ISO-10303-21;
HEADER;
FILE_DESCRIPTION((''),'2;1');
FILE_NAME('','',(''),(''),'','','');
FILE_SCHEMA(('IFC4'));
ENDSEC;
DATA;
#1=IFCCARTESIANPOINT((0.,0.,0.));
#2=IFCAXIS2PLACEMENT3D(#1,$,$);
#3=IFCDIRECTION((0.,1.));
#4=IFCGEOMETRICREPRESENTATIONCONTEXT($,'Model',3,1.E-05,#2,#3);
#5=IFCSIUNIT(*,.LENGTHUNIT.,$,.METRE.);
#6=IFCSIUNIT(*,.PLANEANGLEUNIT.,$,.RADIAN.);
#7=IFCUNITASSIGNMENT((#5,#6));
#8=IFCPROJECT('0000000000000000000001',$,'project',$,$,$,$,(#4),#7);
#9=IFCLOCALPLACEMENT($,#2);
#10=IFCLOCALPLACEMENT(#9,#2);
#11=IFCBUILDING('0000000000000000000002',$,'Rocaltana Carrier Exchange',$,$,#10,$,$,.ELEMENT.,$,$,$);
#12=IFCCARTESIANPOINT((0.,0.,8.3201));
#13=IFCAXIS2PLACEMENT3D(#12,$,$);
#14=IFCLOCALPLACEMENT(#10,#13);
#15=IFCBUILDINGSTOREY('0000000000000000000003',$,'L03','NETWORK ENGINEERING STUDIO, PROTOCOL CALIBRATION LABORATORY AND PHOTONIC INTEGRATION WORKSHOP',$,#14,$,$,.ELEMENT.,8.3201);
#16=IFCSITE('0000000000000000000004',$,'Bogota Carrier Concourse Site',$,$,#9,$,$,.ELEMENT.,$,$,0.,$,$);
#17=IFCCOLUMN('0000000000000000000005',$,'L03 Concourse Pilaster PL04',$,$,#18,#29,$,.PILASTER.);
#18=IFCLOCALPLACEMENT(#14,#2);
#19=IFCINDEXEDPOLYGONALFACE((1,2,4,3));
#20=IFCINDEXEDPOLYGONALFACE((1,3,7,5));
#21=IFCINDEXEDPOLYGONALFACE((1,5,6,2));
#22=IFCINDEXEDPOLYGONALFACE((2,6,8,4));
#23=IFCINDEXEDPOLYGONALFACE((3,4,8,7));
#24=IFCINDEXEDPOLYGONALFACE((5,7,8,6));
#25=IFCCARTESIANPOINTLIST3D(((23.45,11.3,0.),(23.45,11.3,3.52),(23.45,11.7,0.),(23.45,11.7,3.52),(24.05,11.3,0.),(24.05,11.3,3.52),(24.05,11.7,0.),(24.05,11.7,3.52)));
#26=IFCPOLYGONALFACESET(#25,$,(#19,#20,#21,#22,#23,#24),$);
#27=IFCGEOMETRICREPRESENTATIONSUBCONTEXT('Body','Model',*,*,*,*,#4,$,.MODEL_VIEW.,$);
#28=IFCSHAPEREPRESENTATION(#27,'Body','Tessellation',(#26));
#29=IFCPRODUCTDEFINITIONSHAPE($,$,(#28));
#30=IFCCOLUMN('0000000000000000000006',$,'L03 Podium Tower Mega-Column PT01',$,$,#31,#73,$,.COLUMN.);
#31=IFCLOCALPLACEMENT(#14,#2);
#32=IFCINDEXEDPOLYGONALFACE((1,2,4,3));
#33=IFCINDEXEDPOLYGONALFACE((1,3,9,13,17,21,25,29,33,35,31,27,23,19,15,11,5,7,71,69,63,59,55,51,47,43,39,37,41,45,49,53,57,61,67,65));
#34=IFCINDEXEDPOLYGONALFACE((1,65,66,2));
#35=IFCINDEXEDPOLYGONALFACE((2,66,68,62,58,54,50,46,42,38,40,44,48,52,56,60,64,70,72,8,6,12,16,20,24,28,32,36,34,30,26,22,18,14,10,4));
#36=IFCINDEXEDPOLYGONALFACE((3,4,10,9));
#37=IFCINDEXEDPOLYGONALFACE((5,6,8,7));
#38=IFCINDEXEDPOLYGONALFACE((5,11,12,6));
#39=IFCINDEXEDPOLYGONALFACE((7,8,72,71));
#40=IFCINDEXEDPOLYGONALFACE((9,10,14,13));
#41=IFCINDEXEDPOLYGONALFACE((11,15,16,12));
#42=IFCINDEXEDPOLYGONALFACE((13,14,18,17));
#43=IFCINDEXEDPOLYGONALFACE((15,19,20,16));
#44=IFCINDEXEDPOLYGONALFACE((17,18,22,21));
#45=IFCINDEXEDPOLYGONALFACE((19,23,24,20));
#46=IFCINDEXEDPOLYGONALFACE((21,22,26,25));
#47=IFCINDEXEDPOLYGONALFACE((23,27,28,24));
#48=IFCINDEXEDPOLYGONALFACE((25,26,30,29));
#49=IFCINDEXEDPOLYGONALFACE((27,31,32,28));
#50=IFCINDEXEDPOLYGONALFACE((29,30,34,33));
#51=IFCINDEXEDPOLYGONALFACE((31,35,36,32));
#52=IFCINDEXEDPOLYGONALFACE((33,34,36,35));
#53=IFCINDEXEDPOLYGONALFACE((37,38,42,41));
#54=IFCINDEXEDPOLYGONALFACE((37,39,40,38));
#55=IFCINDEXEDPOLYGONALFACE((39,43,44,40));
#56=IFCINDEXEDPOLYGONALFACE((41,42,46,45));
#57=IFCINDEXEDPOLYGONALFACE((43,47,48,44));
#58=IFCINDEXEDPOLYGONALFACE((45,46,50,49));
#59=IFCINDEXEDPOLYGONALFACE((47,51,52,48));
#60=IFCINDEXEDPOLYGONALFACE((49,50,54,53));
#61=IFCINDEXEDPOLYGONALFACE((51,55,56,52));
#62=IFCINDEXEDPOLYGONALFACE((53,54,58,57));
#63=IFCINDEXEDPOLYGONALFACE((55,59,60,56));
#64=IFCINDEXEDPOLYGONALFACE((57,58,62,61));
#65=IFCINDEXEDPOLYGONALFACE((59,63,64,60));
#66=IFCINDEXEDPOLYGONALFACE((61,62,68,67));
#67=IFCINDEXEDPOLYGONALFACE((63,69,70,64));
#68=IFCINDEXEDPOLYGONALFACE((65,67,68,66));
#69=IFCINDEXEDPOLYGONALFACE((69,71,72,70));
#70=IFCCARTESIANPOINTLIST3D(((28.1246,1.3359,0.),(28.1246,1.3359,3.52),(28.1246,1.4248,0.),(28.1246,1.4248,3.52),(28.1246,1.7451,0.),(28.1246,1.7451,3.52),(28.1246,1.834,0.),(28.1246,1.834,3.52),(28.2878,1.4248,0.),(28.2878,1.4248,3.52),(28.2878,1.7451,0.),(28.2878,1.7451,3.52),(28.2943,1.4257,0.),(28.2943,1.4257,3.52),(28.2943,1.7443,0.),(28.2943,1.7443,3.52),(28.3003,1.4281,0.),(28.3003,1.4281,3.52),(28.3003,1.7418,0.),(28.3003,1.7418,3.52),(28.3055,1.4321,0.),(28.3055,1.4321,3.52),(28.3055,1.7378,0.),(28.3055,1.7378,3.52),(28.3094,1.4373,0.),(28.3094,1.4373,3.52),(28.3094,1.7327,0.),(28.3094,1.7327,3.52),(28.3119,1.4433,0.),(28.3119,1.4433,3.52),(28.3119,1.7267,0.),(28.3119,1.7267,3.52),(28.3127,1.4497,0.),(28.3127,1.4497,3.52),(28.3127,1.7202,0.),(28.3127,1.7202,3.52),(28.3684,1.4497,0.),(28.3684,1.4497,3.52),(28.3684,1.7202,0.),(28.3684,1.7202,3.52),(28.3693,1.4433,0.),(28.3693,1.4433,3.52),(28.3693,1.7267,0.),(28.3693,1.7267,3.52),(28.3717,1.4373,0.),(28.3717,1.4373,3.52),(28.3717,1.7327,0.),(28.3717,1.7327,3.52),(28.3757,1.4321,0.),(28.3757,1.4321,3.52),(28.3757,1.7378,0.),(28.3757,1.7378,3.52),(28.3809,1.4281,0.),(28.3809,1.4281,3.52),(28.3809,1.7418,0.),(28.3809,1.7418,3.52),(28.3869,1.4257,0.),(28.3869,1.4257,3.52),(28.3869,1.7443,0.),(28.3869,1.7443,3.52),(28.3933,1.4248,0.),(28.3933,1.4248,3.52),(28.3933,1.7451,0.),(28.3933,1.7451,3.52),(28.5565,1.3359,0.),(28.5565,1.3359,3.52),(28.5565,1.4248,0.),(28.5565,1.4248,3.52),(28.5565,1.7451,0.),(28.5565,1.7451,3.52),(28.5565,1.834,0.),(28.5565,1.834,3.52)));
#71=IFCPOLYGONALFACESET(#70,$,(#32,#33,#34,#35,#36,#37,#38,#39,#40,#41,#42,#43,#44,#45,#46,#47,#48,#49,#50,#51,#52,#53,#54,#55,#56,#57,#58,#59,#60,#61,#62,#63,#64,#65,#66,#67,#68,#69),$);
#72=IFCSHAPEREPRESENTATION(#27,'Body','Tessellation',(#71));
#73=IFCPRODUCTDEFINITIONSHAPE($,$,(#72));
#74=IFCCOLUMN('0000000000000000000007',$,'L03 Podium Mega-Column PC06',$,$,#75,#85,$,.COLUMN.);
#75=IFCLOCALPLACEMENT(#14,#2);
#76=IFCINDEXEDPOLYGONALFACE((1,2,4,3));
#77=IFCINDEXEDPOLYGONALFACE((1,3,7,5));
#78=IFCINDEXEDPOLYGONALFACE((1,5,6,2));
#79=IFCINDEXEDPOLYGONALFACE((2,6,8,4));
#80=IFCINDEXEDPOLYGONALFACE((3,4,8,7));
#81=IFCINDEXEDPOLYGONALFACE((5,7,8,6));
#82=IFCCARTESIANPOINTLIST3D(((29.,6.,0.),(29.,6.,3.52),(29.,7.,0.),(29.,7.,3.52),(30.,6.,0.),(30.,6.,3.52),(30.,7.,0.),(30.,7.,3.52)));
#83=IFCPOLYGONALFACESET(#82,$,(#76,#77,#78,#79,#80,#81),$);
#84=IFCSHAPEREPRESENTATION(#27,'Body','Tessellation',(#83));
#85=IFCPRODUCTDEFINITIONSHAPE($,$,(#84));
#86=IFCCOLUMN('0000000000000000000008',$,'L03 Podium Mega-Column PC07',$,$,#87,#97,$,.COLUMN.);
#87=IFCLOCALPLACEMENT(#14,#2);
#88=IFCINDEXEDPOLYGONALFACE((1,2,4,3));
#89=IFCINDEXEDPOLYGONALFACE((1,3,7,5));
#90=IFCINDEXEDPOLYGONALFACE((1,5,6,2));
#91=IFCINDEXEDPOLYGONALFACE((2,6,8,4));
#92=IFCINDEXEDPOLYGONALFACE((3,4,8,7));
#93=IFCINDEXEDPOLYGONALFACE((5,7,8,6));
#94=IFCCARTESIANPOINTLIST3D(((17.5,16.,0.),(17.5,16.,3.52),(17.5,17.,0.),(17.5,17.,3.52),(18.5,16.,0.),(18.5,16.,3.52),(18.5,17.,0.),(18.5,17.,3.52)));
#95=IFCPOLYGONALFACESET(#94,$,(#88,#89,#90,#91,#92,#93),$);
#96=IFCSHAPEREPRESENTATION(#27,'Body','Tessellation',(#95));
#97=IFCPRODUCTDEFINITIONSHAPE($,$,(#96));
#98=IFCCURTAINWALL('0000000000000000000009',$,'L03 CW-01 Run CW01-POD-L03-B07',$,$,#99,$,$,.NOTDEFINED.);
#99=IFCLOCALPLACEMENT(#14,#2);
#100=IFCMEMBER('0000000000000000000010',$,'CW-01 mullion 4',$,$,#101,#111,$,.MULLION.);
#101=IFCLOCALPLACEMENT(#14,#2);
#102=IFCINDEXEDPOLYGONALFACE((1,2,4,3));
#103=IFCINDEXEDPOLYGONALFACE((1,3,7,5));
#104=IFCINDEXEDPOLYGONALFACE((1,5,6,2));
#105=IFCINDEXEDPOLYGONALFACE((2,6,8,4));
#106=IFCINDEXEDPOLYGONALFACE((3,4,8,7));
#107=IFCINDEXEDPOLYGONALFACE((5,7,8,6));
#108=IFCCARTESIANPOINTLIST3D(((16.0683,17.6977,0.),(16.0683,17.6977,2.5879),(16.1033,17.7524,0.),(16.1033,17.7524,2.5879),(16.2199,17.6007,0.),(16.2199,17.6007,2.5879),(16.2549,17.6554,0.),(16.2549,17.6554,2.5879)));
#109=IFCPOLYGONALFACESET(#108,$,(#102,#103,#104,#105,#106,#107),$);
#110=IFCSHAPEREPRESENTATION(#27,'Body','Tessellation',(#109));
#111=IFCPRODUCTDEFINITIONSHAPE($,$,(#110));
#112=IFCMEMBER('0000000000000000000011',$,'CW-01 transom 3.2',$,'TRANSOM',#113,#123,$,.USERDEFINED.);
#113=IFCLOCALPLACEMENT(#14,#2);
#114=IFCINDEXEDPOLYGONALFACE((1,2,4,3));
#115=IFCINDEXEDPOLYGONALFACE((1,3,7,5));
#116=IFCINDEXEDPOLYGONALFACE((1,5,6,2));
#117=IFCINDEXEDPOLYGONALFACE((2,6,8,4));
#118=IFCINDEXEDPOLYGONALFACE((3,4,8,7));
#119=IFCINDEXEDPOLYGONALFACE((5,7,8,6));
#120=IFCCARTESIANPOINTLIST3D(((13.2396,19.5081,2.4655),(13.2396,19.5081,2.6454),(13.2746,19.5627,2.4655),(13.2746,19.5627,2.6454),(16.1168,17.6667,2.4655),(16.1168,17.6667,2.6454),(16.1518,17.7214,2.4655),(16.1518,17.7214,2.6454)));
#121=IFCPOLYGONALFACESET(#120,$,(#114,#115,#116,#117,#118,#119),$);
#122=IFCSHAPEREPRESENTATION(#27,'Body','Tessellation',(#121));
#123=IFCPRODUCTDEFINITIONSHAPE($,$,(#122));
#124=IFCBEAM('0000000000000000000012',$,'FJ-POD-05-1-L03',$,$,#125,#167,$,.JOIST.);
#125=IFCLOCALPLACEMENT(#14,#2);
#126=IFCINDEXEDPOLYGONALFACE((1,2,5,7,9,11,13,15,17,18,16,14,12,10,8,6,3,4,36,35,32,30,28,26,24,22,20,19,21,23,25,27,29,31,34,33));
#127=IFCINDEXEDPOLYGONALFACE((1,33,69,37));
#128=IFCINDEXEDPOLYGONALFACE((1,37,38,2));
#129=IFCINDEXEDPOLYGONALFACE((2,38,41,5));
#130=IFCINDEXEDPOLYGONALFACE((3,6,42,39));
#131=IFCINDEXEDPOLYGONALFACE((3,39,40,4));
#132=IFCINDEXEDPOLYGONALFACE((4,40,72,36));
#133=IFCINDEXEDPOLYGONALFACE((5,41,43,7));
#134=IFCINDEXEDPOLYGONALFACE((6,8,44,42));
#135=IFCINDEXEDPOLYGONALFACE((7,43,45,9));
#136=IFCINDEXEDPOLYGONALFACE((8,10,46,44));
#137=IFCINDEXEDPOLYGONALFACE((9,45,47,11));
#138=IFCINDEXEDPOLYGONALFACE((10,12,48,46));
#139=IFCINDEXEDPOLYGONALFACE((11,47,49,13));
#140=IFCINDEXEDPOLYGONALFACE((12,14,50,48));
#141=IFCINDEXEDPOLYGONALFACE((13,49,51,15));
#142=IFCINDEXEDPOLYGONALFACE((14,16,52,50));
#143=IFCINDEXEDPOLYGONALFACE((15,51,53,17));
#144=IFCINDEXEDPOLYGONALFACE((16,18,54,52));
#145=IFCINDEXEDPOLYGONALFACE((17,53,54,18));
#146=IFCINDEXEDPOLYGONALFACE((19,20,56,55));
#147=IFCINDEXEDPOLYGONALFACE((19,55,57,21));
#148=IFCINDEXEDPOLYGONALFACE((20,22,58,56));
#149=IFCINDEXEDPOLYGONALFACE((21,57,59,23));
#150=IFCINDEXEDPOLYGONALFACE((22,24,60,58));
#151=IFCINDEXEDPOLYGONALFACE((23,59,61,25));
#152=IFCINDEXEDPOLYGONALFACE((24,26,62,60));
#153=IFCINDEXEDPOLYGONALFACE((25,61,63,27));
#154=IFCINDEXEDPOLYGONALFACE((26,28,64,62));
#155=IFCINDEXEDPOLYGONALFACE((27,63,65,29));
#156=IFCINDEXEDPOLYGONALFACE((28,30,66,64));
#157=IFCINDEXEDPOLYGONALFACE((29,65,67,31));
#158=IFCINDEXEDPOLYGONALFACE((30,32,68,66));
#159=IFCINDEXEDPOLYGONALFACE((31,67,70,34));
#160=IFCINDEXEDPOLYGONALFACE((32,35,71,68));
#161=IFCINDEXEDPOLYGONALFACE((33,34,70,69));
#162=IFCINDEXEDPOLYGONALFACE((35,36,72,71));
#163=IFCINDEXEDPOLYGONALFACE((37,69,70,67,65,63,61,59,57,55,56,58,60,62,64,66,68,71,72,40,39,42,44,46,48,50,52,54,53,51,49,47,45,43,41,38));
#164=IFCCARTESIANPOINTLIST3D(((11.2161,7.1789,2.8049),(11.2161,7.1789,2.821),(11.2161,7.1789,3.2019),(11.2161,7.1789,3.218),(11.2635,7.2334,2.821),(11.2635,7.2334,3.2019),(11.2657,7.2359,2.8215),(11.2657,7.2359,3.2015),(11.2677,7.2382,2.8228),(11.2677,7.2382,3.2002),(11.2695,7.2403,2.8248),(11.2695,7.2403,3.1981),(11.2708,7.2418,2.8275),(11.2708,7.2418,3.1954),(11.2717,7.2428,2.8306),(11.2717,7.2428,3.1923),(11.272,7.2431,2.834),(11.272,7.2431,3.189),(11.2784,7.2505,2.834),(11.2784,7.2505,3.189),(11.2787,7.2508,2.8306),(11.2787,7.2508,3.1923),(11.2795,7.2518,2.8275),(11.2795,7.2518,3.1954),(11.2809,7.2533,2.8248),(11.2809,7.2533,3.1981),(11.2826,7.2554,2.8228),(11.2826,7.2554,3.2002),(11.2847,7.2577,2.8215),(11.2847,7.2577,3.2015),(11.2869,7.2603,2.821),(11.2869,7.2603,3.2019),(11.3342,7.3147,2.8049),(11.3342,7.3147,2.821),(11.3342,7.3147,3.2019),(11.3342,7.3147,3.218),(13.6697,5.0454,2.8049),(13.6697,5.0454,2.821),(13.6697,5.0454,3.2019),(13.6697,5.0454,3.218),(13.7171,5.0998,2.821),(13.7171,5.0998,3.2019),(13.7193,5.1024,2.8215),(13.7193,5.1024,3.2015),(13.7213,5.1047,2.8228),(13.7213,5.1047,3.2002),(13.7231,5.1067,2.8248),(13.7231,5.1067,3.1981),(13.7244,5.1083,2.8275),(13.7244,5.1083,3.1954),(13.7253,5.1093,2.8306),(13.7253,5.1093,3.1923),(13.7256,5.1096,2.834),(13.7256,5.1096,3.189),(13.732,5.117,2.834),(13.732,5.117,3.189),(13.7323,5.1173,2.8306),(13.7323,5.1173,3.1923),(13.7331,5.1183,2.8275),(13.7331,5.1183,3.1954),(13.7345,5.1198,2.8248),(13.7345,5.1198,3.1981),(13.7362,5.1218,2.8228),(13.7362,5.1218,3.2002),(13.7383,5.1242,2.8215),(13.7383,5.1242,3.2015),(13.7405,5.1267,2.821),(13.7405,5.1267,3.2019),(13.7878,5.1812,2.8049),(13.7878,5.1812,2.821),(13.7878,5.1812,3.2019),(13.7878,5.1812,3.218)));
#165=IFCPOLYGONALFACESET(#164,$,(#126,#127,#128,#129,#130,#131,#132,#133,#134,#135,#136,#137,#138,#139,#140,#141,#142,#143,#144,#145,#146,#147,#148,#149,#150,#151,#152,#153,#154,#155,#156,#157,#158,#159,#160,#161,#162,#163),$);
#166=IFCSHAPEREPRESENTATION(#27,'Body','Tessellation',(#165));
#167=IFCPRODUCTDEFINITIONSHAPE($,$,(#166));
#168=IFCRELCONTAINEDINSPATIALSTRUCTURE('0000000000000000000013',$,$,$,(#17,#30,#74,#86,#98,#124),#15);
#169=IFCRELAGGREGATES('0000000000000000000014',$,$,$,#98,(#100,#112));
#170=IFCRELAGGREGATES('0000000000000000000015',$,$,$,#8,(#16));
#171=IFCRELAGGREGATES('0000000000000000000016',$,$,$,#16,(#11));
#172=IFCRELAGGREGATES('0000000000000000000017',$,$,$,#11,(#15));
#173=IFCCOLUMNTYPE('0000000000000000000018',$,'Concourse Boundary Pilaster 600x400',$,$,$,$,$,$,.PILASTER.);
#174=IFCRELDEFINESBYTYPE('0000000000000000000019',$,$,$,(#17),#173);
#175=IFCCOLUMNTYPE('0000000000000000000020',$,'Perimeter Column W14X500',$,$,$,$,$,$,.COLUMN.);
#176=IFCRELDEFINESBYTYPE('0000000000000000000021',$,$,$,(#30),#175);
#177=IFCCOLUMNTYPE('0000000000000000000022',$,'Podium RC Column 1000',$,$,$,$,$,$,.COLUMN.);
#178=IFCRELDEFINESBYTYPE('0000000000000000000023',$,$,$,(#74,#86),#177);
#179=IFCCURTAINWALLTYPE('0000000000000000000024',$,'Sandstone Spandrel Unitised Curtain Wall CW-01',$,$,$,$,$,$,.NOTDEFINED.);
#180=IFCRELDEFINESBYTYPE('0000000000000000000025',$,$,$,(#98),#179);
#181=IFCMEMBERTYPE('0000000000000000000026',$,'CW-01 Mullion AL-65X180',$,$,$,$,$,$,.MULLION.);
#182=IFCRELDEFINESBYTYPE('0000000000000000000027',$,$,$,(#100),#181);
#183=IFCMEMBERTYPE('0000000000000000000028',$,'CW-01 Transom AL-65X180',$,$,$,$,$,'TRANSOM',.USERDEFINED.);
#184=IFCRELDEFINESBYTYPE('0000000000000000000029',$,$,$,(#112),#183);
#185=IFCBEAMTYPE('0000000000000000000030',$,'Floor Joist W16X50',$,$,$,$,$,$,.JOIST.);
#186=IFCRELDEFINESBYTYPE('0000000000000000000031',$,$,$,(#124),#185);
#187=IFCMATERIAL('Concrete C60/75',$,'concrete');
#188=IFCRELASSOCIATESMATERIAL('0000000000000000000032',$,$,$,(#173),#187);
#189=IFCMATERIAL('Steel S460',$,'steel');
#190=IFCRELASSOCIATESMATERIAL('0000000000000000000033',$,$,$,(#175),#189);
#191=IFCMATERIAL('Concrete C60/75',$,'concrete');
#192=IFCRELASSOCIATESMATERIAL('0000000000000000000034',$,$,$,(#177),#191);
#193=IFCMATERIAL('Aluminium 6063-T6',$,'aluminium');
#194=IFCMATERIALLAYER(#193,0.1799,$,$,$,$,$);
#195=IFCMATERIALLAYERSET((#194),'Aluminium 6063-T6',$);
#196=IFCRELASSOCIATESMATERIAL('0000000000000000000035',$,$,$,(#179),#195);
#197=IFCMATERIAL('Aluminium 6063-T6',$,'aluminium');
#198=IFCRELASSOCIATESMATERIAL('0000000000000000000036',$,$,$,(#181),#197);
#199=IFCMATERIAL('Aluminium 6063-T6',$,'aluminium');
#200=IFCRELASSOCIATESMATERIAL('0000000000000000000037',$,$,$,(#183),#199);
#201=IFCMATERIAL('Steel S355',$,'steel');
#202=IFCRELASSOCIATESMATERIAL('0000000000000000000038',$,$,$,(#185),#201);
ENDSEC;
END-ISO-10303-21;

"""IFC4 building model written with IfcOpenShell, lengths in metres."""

from ifc_helpers import new_model, si_unit, direction, frame, origin, origin_2d, place, context, subcontext, project, spatial, rectangle, i_section, extrude, material, layer, layer_set, material_profile, profile_set, type_object, element, aggregate, save


model = new_model("IFC4")

# Units and contexts
model_context = context("Model", 3, precision=1e-05, world=origin(), true_north=direction((0.0, 1.0)))
body_context = subcontext(model_context, "Body", "Model", "MODEL_VIEW")
ifc_project = project(units=[si_unit("LENGTHUNIT", "METRE"), si_unit("PLANEANGLEUNIT", "RADIAN")], contexts=[model_context])

# Site, building, storey
site_placement = place(None, origin())
site = spatial("IfcSite", under=ifc_project, at=site_placement, Name="Bogota Carrier Concourse Site", CompositionType="ELEMENT", RefElevation=0.0)
building_placement = place(site_placement, origin())
building = spatial("IfcBuilding", under=site, at=building_placement, Name="Rocaltana Carrier Exchange", CompositionType="ELEMENT")
storey_placement = place(building_placement, frame((0.0, 0.0, 8.3201)))
storey = spatial("IfcBuildingStorey", under=building, at=storey_placement, Name="L03", Description="NETWORK ENGINEERING STUDIO, PROTOCOL CALIBRATION LABORATORY AND PHOTONIC INTEGRATION WORKSHOP", CompositionType="ELEMENT", Elevation=8.3201)

# Columns
ifc_material_1 = material(Name="Concrete C60/75", Category="concrete")
ifc_material_profile_1 = material_profile(ifc_material_1, rectangle(XDim=0.6001, YDim=0.3999, at=origin_2d()), Name="RC-PIL-600X400")
ifc_profile_set_1 = profile_set([ifc_material_profile_1], Name="Concrete C60/75")
column_type_1 = type_object("IfcColumnType", Name="Concourse Boundary Pilaster 600x400", PredefinedType="PILASTER", material=ifc_profile_set_1)
column_1_placement = place(storey_placement, frame((23.75, 11.5, 0.0), z_axis=(0.0, 0.0, 1.0), x_axis=(1.0, 0.0, 0.0)))
element("IfcColumn", 1, at=column_1_placement, inside=storey, type_object=column_type_1, Name="L03 Concourse Pilaster PL04", PredefinedType="PILASTER", context=body_context, shape_type="SweptSolid", body=[
    extrude(rectangle(XDim=0.6001, YDim=0.3999, at=origin_2d()), origin(), (0.0, 0.0, 1.0), 3.52),
])
ifc_material_2 = material(Name="Steel S460", Category="steel")
ifc_material_profile_2 = material_profile(ifc_material_2, i_section(OverallWidth=0.4319, OverallDepth=0.498, WebThickness=0.0557, FlangeThickness=0.0889, FilletRadius=0.0249, at=origin_2d()), Name="W14X500")
ifc_profile_set_2 = profile_set([ifc_material_profile_2], Name="Steel S460")
column_type_2 = type_object("IfcColumnType", Name="Perimeter Column W14X500", PredefinedType="COLUMN", material=ifc_profile_set_2)
column_2_placement = place(storey_placement, frame((28.3406, 1.585, 0.0), z_axis=(0.0, 0.0, 1.0), x_axis=(1.0, 0.0, 0.0)))
element("IfcColumn", 2, at=column_2_placement, inside=storey, type_object=column_type_2, Name="L03 Podium Tower Mega-Column PT01", PredefinedType="COLUMN", context=body_context, shape_type="SweptSolid", body=[
    extrude(i_section(OverallWidth=0.4319, OverallDepth=0.498, WebThickness=0.0557, FlangeThickness=0.0889, FilletRadius=0.0249, at=origin_2d()), origin(), (0.0, 0.0, 1.0), 3.52),
])
ifc_material_3 = material(Name="Concrete C60/75", Category="concrete")
ifc_material_profile_3 = material_profile(ifc_material_3, rectangle(XDim=1.0, YDim=1.0, at=origin_2d()), Name="RC-COL-1000X1000")
ifc_profile_set_3 = profile_set([ifc_material_profile_3], Name="Concrete C60/75")
column_type_3 = type_object("IfcColumnType", Name="Podium RC Column 1000", PredefinedType="COLUMN", material=ifc_profile_set_3)
for number, where, z_axis, x_axis, name in (
    (3, (29.5, 6.5, 0.0), (0.0, 0.0, 1.0), (1.0, 0.0, 0.0), "L03 Podium Mega-Column PC06"),
    (4, (18.0, 16.5, 0.0), (0.0, 0.0, 1.0), (1.0, 0.0, 0.0), "L03 Podium Mega-Column PC07"),
):
    element("IfcColumn", number, at=place(storey_placement, frame(where, z_axis=z_axis, x_axis=x_axis)), inside=storey, type_object=column_type_3, Name=name, PredefinedType="COLUMN", context=body_context, shape_type="SweptSolid", body=[
        extrude(rectangle(XDim=1.0, YDim=1.0, at=origin_2d()), origin(), (0.0, 0.0, 1.0), 3.52),
    ])

# Curtain wall, members
ifc_material_4 = material(Name="Aluminium 6063-T6", Category="aluminium")
ifc_layer_1 = layer(ifc_material_4, 0.1799)
ifc_layer_set_1 = layer_set([ifc_layer_1], Name="Aluminium 6063-T6")
curtain_wall_type = type_object("IfcCurtainWallType", Name="Sandstone Spandrel Unitised Curtain Wall CW-01", PredefinedType="NOTDEFINED", material=ifc_layer_set_1)
curtain_wall_placement = place(storey_placement, origin())
curtain_wall = element("IfcCurtainWall", 5, at=curtain_wall_placement, inside=storey, type_object=curtain_wall_type, Name="L03 CW-01 Run CW01-POD-L03-B07", PredefinedType="NOTDEFINED")
ifc_material_5 = material(Name="Aluminium 6063-T6", Category="aluminium")
ifc_material_profile_4 = material_profile(ifc_material_5, rectangle(XDim=0.0649, YDim=0.1799, at=origin_2d()), Name="AL-65X180")
ifc_profile_set_4 = profile_set([ifc_material_profile_4], Name="Aluminium 6063-T6")
member_type_1 = type_object("IfcMemberType", Name="CW-01 Mullion AL-65X180", PredefinedType="MULLION", material=ifc_profile_set_4)
member_1_placement = place(storey_placement, frame((16.1616, 17.6765, 0.0), z_axis=(0.0, 0.0, 1.0), x_axis=(0.53905, 0.842273, 0.0)))
member_1 = element("IfcMember", 6, at=member_1_placement, type_object=member_type_1, Name="CW-01 mullion 4", PredefinedType="MULLION", context=body_context, shape_type="SweptSolid", body=[
    extrude(rectangle(XDim=0.0649, YDim=0.1799, at=origin_2d()), origin(), (0.0, 0.0, 1.0), 2.5879),
])
ifc_material_6 = material(Name="Aluminium 6063-T6", Category="aluminium")
ifc_material_profile_5 = material_profile(ifc_material_6, rectangle(XDim=0.0649, YDim=0.1799, at=origin_2d()), Name="AL-65X180")
ifc_profile_set_5 = profile_set([ifc_material_profile_5], Name="Aluminium 6063-T6")
member_type_2 = type_object("IfcMemberType", Name="CW-01 Transom AL-65X180", ElementType="TRANSOM", PredefinedType="USERDEFINED", material=ifc_profile_set_5)
member_2_placement = place(storey_placement, frame((13.2571, 19.5354, 2.5554), z_axis=(0.842284, -0.539033, 0.0), x_axis=(0.539033, 0.842284, 0.0)))
member_2 = element("IfcMember", 7, at=member_2_placement, type_object=member_type_2, Name="CW-01 transom 3.2", ObjectType="TRANSOM", PredefinedType="USERDEFINED", context=body_context, shape_type="SweptSolid", body=[
    extrude(rectangle(XDim=0.0649, YDim=0.1799, at=origin_2d()), origin(), (0.0, 0.0, 1.0), 3.416),
])

# Beam
ifc_material_7 = material(Name="Steel S355", Category="steel")
ifc_material_profile_6 = material_profile(ifc_material_7, i_section(OverallWidth=0.1799, OverallDepth=0.4131, WebThickness=0.0098, FlangeThickness=0.0161, FilletRadius=0.0129, at=origin_2d()), Name="W16X50")
ifc_profile_set_6 = profile_set([ifc_material_profile_6], Name="Steel S355")
beam_type_1 = type_object("IfcBeamType", Name="Floor Joist W16X50", PredefinedType="JOIST", material=ifc_profile_set_6)
beam_1_placement = place(storey_placement, frame((13.7288, 5.1133, 3.0115), z_axis=(-0.75461, 0.656173, 0.0), x_axis=(-0.656173, -0.75461, 0.0)))
element("IfcBeam", 8, at=beam_1_placement, inside=storey, type_object=beam_type_1, Name="FJ-POD-05-1-L03", PredefinedType="JOIST", context=body_context, shape_type="SweptSolid", body=[
    extrude(i_section(OverallWidth=0.1799, OverallDepth=0.4131, WebThickness=0.0098, FlangeThickness=0.0161, FilletRadius=0.0129, at=origin_2d()), origin(), (0.0, 0.0, 1.0), 3.2515),
])

aggregate(curtain_wall, [member_1, member_2])

save(model, "model.ifc")
